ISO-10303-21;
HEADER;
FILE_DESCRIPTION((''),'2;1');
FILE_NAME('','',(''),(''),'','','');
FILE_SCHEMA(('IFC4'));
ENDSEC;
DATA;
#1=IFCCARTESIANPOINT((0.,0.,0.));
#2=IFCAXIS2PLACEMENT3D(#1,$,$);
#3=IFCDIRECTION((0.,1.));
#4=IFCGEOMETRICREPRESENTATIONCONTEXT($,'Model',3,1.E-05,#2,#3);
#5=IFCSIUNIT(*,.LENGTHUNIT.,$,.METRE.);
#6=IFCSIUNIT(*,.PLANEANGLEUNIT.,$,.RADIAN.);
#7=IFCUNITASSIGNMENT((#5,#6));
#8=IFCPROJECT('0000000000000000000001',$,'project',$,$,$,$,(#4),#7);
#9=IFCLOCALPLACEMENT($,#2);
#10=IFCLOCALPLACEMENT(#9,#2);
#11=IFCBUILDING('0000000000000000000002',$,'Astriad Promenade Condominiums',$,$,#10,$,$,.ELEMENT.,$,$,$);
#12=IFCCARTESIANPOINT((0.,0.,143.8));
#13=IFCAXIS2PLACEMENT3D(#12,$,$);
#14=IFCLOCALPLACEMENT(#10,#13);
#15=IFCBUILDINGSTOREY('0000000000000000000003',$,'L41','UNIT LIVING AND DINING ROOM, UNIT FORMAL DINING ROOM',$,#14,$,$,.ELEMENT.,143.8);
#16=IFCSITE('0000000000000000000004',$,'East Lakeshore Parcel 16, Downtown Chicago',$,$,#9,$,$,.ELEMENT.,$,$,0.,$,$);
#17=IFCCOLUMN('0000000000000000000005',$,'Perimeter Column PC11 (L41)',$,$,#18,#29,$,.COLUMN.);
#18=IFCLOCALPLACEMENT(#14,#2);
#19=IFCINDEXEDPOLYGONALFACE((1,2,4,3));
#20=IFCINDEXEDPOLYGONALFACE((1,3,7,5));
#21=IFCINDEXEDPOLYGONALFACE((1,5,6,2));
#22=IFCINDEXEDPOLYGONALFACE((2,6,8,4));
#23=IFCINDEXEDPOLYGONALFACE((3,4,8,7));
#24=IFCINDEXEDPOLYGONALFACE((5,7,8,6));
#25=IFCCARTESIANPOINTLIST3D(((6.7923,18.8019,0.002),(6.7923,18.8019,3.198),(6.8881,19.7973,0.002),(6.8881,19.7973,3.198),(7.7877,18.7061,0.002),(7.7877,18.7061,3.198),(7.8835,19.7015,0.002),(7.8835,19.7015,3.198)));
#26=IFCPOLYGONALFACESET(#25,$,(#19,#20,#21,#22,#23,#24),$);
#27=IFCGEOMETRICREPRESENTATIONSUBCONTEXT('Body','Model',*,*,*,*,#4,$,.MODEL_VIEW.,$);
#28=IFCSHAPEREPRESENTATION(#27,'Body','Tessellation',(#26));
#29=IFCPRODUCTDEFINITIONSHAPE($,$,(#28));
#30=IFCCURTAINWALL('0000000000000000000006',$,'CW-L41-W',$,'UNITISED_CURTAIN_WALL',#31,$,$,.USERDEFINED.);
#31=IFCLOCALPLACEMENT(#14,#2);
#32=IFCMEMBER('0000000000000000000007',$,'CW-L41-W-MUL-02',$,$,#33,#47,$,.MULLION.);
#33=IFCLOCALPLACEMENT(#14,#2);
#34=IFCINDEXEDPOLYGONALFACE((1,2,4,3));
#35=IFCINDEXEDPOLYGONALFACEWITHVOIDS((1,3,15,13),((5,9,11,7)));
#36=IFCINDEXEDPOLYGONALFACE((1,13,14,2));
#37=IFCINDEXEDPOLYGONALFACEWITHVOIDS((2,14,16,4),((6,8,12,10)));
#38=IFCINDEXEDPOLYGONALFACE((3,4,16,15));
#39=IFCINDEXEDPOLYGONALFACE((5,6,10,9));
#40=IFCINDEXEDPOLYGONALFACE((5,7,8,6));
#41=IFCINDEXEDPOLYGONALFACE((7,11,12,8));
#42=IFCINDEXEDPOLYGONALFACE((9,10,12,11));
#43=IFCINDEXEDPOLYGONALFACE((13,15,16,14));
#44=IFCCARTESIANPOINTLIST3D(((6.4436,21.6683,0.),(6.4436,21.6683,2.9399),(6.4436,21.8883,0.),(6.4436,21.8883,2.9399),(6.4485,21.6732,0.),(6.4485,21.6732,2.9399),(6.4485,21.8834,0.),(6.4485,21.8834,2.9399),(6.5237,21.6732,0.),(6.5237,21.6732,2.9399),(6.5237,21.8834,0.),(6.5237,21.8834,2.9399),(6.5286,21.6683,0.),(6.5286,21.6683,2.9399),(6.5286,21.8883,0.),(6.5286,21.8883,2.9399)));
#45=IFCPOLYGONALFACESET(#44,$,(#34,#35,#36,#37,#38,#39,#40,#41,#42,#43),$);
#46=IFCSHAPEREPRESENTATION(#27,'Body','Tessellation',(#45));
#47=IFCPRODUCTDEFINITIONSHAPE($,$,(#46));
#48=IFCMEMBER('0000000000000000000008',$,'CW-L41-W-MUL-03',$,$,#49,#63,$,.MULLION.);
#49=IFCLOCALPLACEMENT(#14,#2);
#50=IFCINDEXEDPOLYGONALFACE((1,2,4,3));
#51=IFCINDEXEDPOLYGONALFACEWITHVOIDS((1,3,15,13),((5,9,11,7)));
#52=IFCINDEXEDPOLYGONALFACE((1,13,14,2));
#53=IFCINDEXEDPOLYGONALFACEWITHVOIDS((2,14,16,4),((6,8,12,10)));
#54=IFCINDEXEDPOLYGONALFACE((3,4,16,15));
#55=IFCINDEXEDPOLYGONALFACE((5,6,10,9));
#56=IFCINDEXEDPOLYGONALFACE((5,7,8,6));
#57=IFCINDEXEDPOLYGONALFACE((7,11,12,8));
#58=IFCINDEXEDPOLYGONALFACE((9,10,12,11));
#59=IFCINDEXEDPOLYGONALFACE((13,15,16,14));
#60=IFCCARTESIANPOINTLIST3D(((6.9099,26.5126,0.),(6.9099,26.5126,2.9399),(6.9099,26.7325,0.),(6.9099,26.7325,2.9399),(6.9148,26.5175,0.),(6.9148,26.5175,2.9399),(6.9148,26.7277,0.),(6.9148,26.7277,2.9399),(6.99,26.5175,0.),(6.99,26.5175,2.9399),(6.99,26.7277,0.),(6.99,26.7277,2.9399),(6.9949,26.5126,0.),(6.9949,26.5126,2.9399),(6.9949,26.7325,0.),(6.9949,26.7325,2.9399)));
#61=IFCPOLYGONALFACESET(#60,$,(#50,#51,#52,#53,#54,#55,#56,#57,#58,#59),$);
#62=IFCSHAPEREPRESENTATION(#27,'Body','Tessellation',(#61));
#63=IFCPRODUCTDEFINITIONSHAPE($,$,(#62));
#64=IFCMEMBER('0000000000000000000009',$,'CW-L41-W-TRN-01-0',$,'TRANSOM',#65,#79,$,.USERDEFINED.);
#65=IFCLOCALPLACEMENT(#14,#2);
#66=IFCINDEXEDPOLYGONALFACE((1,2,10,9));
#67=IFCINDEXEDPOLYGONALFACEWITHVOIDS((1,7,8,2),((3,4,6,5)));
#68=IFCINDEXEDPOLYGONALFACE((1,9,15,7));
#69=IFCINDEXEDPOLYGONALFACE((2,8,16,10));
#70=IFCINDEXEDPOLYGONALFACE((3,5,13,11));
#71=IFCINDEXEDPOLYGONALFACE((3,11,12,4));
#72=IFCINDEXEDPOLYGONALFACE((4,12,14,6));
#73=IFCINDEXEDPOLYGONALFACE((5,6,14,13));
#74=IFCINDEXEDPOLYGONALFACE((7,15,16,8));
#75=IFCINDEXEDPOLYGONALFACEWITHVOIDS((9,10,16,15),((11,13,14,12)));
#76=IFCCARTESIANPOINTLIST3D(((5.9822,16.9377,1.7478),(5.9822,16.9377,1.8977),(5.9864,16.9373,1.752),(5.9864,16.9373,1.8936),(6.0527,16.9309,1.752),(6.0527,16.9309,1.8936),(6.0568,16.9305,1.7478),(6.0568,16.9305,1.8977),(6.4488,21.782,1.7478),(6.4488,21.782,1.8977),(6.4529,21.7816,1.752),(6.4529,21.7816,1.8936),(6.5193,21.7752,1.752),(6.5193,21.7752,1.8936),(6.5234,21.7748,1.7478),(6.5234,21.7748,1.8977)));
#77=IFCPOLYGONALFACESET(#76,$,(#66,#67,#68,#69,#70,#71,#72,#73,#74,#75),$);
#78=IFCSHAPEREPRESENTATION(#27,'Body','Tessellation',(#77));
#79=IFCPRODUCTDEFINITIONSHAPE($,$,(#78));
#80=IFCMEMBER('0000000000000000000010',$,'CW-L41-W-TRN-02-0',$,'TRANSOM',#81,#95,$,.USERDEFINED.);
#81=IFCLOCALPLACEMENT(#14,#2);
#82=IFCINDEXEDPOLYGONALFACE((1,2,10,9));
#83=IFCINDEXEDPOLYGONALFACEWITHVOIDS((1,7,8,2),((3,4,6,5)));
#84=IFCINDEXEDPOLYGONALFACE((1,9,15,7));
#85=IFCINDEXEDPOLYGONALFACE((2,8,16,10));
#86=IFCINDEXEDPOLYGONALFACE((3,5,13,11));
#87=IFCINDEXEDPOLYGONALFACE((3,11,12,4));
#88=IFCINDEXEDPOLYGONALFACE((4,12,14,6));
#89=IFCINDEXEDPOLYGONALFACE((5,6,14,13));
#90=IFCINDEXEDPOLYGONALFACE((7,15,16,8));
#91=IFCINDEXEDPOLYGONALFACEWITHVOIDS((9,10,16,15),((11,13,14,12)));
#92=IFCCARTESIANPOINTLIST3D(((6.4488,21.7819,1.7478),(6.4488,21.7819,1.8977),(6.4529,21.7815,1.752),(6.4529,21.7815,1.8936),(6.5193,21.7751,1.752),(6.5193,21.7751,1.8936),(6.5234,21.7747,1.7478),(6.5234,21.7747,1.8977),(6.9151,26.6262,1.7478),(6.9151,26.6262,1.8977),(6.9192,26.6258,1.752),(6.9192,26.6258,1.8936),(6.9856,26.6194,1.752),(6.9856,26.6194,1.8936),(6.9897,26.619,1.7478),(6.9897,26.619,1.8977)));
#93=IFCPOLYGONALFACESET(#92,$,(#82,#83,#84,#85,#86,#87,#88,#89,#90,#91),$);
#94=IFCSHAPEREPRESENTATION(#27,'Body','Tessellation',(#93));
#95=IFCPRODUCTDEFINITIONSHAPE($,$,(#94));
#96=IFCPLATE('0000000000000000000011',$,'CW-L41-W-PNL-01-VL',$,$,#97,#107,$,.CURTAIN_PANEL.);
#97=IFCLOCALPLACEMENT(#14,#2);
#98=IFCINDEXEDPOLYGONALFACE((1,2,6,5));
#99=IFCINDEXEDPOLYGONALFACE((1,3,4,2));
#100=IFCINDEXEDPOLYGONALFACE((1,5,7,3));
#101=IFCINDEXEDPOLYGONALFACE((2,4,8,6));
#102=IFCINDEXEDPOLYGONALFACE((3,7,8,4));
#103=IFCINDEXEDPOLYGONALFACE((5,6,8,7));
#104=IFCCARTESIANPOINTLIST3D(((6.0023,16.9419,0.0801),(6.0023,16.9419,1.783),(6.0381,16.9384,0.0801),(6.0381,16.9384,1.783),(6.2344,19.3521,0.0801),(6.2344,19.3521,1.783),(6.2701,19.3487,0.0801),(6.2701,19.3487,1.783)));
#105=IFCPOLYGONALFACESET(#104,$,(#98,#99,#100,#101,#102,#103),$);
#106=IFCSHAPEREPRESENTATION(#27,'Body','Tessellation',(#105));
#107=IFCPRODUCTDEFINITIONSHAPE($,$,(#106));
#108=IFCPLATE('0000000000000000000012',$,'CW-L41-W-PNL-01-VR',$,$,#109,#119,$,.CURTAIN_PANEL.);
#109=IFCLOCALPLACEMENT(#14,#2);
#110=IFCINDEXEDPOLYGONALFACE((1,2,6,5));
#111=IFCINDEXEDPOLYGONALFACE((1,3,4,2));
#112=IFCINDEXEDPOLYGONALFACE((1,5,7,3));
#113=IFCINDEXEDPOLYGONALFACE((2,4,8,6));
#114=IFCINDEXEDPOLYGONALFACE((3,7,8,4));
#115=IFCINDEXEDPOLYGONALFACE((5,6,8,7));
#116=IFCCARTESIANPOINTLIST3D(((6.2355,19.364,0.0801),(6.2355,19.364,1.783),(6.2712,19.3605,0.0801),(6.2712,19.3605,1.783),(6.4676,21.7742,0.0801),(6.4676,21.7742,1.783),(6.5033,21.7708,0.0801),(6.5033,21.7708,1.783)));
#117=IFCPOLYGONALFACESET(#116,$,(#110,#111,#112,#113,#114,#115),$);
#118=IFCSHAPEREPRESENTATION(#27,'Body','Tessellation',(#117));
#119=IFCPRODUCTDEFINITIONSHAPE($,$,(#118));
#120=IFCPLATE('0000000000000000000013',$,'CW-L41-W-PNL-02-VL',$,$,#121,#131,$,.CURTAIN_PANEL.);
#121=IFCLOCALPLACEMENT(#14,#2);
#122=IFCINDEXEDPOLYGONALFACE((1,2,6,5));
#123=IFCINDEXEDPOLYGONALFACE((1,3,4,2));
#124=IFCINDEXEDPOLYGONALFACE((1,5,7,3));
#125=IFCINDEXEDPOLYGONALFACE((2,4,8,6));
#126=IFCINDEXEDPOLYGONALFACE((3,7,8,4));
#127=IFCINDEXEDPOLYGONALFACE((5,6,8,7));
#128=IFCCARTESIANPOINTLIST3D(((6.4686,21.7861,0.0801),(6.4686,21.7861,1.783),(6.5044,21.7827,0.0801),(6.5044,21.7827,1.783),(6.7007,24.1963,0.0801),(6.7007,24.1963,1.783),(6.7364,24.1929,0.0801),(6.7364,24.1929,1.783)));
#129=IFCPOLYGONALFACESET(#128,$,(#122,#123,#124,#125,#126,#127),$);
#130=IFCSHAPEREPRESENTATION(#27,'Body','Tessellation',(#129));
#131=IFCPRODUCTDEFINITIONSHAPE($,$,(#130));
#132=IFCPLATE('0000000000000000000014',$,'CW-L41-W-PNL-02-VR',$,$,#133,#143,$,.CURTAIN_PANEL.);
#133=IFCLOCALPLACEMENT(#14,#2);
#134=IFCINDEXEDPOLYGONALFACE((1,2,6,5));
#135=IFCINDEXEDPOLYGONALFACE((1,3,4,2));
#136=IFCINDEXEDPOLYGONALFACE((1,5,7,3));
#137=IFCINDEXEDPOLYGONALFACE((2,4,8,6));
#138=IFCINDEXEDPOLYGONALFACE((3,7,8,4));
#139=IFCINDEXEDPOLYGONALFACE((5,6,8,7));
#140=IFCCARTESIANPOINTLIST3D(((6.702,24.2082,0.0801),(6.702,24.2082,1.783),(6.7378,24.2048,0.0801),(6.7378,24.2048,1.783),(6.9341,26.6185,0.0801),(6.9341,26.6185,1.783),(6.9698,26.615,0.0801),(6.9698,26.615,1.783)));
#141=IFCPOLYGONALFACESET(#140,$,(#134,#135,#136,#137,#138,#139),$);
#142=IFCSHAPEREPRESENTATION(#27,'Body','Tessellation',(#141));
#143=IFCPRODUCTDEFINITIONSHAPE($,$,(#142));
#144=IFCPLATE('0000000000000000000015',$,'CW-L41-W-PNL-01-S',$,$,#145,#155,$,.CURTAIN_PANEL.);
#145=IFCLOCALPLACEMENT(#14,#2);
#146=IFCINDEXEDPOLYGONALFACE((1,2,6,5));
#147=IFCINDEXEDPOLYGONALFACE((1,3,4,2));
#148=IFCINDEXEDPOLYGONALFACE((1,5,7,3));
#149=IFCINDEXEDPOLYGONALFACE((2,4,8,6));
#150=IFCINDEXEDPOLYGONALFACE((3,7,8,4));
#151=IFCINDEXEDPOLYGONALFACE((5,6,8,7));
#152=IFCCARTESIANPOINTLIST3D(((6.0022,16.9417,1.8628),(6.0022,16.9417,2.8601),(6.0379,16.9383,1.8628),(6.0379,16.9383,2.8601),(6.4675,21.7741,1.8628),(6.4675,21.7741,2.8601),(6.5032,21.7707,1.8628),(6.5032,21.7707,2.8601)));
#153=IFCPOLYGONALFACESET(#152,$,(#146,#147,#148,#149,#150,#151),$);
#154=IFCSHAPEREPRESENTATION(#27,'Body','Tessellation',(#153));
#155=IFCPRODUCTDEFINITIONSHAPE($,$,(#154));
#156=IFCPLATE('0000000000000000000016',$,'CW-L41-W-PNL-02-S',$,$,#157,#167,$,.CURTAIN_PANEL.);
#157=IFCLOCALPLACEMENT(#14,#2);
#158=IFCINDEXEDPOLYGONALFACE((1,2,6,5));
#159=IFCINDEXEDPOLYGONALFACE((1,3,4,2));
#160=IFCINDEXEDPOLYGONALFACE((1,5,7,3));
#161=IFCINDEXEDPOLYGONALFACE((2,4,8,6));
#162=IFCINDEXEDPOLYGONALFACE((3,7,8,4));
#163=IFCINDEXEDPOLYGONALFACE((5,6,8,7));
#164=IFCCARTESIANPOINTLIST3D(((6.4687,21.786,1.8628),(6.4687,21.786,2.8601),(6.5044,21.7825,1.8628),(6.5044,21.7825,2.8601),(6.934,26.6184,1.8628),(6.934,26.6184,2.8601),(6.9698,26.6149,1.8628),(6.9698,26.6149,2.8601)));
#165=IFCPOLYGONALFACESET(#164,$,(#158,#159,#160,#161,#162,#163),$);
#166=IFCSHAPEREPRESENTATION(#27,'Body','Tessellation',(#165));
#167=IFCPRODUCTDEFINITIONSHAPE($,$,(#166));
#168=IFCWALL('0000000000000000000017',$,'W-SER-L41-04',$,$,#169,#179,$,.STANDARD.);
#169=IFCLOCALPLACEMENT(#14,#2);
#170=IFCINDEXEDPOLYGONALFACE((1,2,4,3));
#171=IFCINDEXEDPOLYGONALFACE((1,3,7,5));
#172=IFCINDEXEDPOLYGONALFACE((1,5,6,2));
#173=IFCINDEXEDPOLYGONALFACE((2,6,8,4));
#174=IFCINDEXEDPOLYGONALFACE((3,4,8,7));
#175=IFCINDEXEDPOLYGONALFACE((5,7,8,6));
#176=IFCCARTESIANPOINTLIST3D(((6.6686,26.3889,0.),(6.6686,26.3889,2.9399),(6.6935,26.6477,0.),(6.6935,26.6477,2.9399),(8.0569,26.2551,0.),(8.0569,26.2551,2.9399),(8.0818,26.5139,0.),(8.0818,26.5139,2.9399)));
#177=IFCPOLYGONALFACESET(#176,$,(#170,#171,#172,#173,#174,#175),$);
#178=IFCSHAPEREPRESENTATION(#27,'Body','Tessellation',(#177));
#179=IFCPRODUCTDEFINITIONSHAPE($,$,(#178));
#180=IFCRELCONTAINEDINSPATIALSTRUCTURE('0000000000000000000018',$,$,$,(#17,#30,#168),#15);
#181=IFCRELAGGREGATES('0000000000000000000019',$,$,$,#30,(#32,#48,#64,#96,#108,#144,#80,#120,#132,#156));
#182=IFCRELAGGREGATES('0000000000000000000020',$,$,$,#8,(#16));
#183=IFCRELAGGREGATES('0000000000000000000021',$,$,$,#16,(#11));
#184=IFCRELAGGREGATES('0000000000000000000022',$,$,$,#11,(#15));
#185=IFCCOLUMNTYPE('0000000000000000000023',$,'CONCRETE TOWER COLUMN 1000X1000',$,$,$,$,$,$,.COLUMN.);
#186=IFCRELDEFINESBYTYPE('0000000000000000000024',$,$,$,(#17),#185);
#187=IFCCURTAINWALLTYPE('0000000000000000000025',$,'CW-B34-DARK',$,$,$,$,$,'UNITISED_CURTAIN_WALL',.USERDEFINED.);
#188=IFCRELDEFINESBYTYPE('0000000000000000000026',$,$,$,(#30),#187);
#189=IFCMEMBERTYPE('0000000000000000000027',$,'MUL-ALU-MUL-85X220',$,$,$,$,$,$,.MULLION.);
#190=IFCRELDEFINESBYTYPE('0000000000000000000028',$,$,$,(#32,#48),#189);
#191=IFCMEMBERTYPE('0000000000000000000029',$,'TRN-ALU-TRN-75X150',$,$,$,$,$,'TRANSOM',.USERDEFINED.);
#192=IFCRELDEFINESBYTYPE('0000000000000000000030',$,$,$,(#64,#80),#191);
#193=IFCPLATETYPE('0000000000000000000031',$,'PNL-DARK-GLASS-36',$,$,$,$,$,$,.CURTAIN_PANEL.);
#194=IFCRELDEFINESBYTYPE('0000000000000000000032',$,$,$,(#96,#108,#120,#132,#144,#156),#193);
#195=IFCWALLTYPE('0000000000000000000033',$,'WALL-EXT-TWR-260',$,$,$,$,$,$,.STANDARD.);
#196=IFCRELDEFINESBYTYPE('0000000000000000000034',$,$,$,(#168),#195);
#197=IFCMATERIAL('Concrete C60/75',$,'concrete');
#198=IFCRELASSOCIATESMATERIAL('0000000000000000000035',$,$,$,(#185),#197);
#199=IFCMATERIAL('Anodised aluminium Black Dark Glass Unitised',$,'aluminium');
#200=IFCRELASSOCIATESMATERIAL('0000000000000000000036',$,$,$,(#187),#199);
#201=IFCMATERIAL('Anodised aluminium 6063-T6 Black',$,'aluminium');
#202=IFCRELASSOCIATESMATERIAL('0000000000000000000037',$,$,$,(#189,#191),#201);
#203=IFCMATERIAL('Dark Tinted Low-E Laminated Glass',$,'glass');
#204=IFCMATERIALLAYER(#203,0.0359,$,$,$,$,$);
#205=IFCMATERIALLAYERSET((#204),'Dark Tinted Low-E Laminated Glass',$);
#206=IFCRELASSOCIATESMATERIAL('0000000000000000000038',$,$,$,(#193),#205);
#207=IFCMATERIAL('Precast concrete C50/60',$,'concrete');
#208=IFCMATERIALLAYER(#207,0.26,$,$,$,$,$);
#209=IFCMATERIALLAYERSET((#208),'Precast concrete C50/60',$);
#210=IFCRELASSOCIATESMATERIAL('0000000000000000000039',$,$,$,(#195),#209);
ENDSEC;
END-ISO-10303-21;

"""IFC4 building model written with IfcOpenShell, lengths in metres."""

from ifc_helpers import new_model, si_unit, direction, frame, frame_2d, origin, origin_2d, place, context, subcontext, project, spatial, rectangle, hollow_rectangle, extrude, source, transform, mapped, material, layer, layer_set, material_profile, profile_set, type_object, type_shapes, element, aggregate, save


model = new_model("IFC4")

# Units and contexts
model_context = context("Model", 3, precision=1e-05, world=origin(), true_north=direction((0.0, 1.0)))
body_context = subcontext(model_context, "Body", "Model", "MODEL_VIEW")
ifc_project = project(units=[si_unit("LENGTHUNIT", "METRE"), si_unit("PLANEANGLEUNIT", "RADIAN")], contexts=[model_context])

# Site, building, storey
site_placement = place(None, origin())
site = spatial("IfcSite", under=ifc_project, at=site_placement, Name="East Lakeshore Parcel 16, Downtown Chicago", CompositionType="ELEMENT", RefElevation=0.0)
building_placement = place(site_placement, origin())
building = spatial("IfcBuilding", under=site, at=building_placement, Name="Astriad Promenade Condominiums", CompositionType="ELEMENT")
storey_placement = place(building_placement, frame((0.0, 0.0, 143.8)))
storey = spatial("IfcBuildingStorey", under=building, at=storey_placement, Name="L41", Description="UNIT LIVING AND DINING ROOM, UNIT FORMAL DINING ROOM", CompositionType="ELEMENT", Elevation=143.8)

# Column
ifc_material_1 = material(Name="Concrete C60/75", Category="concrete")
ifc_material_profile_1 = material_profile(ifc_material_1, rectangle(XDim=1.0, YDim=1.0, at=origin_2d()), Name="RC-COL-1000X1000")
ifc_profile_set_1 = profile_set([ifc_material_profile_1], Name="Concrete C60/75")
column_type = type_object("IfcColumnType", Name="CONCRETE TOWER COLUMN 1000X1000", PredefinedType="COLUMN", material=ifc_profile_set_1)
shared_shape_1 = source(origin(), body_context, "Body", "SweptSolid", [
    extrude(rectangle(XDim=1.0, YDim=1.0, at=origin_2d()), origin(), (0.0, 0.0, 1.0), 3.196),
])
type_shapes(column_type, [shared_shape_1])
column_placement = place(storey_placement, frame((7.3379, 19.2517, 0.002), z_axis=(0.0, 0.0, 1.0), x_axis=(0.995396, -0.095846, 0.0)))
element("IfcColumn", 1, at=column_placement, inside=storey, type_object=column_type, Name="Perimeter Column PC11 (L41)", PredefinedType="COLUMN", context=body_context, shape_type="MappedRepresentation", body=[
    mapped(shared_shape_1, transform((0.0, 0.0, 0.0), scale=1.0)),
])

# Curtain wall, members, plates
ifc_material_2 = material(Name="Anodised aluminium Black Dark Glass Unitised", Category="aluminium")
curtain_wall_type = type_object("IfcCurtainWallType", Name="CW-B34-DARK", ElementType="UNITISED_CURTAIN_WALL", PredefinedType="USERDEFINED", material=ifc_material_2)
curtain_wall_placement = place(storey_placement, origin())
curtain_wall = element("IfcCurtainWall", 2, at=curtain_wall_placement, inside=storey, type_object=curtain_wall_type, Name="CW-L41-W", ObjectType="UNITISED_CURTAIN_WALL", PredefinedType="USERDEFINED")
ifc_material_3 = material(Name="Anodised aluminium 6063-T6 Black", Category="aluminium")
ifc_material_profile_2 = material_profile(ifc_material_3, hollow_rectangle(XDim=0.085, YDim=0.22, WallThickness=0.0049, at=origin_2d()), Name="ALU-MUL-85X220")
ifc_profile_set_2 = profile_set([ifc_material_profile_2], Name="Anodised aluminium 6063-T6 Black")
member_type_1 = type_object("IfcMemberType", Name="MUL-ALU-MUL-85X220", PredefinedType="MULLION", material=ifc_profile_set_2)
shared_shape_2 = source(origin(), body_context, "Body", "SweptSolid", [
    extrude(hollow_rectangle(XDim=0.085, YDim=0.22, WallThickness=0.0049, at=origin_2d()), origin(), (0.0, 0.0, 1.0), 2.9399),
])
type_shapes(member_type_1, [shared_shape_2])
member_1_placement = place(storey_placement, frame((6.4861, 21.7783, 0.0), z_axis=(0.0, 0.0, 1.0), x_axis=(1.0, 0.0, 0.0)))
member_1 = element("IfcMember", 3, at=member_1_placement, type_object=member_type_1, Name="CW-L41-W-MUL-02", PredefinedType="MULLION", context=body_context, shape_type="MappedRepresentation", body=[
    mapped(shared_shape_2, transform((0.0, 0.0, 0.0), scale=1.0)),
])
member_2_placement = place(storey_placement, frame((6.9524, 26.6226, 0.0), z_axis=(0.0, 0.0, 1.0), x_axis=(1.0, 0.0, 0.0)))
member_2 = element("IfcMember", 4, at=member_2_placement, type_object=member_type_1, Name="CW-L41-W-MUL-03", PredefinedType="MULLION", context=body_context, shape_type="MappedRepresentation", body=[
    mapped(shared_shape_2, transform((0.0, 0.0, 0.0), scale=1.0)),
])
ifc_material_profile_3 = material_profile(ifc_material_3, hollow_rectangle(XDim=0.075, YDim=0.1499, WallThickness=0.0042, at=origin_2d()), Name="ALU-TRN-75X150")
ifc_profile_set_3 = profile_set([ifc_material_profile_3], Name="Anodised aluminium 6063-T6 Black")
member_type_2 = type_object("IfcMemberType", Name="TRN-ALU-TRN-75X150", ElementType="TRANSOM", PredefinedType="USERDEFINED", material=ifc_profile_set_3)
shared_shape_3 = source(origin(), body_context, "Body", "SweptSolid", [
    extrude(hollow_rectangle(XDim=0.075, YDim=0.1499, WallThickness=0.0042, at=origin_2d()), origin(), (0.0, 0.0, 1.0), 4.8667),
])
type_shapes(member_type_2, [shared_shape_3])
member_3_placement = place(storey_placement, frame((6.0195, 16.9341, 1.8228), z_axis=(0.095867, 0.995394, 0.0), x_axis=(-0.995394, 0.095867, 0.0)))
member_3 = element("IfcMember", 5, at=member_3_placement, type_object=member_type_2, Name="CW-L41-W-TRN-01-0", ObjectType="TRANSOM", PredefinedType="USERDEFINED", context=body_context, shape_type="MappedRepresentation", body=[
    mapped(shared_shape_3, transform((0.0, 0.0, 0.0), scale=1.0)),
])
member_4_placement = place(storey_placement, frame((6.4861, 21.7783, 1.8228), z_axis=(0.095818, 0.995399, 0.0), x_axis=(-0.995399, 0.095818, 0.0)))
member_4 = element("IfcMember", 6, at=member_4_placement, type_object=member_type_2, Name="CW-L41-W-TRN-02-0", ObjectType="TRANSOM", PredefinedType="USERDEFINED", context=body_context, shape_type="MappedRepresentation", body=[
    mapped(shared_shape_3, transform((0.0, 0.0, 0.0), scale=1.0)),
])
ifc_material_4 = material(Name="Dark Tinted Low-E Laminated Glass", Category="glass")
ifc_layer_1 = layer(ifc_material_4, 0.0359)
ifc_layer_set_1 = layer_set([ifc_layer_1], Name="Dark Tinted Low-E Laminated Glass")
plate_type = type_object("IfcPlateType", Name="PNL-DARK-GLASS-36", PredefinedType="CURTAIN_PANEL", material=ifc_layer_set_1)
shared_shape_4 = source(origin(), body_context, "Body", "SweptSolid", [
    extrude(rectangle(XDim=2.4214, YDim=0.0359, at=origin_2d()), origin(), (0.0, 0.0, 1.0), 1.7029),
])
plate_1_placement = place(storey_placement, frame((6.1362, 18.1453, 0.0801), z_axis=(0.0, 0.0, 1.0), x_axis=(0.095846, 0.995396, 0.0)))
plate_1 = element("IfcPlate", 7, at=plate_1_placement, type_object=plate_type, Name="CW-L41-W-PNL-01-VL", PredefinedType="CURTAIN_PANEL", context=body_context, shape_type="MappedRepresentation", body=[
    mapped(shared_shape_4, transform((0.0, 0.0, 0.0), scale=1.0)),
])
plate_2_placement = place(storey_placement, frame((6.3694, 20.5674, 0.0801), z_axis=(0.0, 0.0, 1.0), x_axis=(0.095846, 0.995396, 0.0)))
plate_2 = element("IfcPlate", 8, at=plate_2_placement, type_object=plate_type, Name="CW-L41-W-PNL-01-VR", PredefinedType="CURTAIN_PANEL", context=body_context, shape_type="MappedRepresentation", body=[
    mapped(shared_shape_4, transform((0.0, 0.0, 0.0), scale=1.0)),
])
plate_3_placement = place(storey_placement, frame((6.6025, 22.9895, 0.0801), z_axis=(0.0, 0.0, 1.0), x_axis=(0.095846, 0.995396, 0.0)))
plate_3 = element("IfcPlate", 9, at=plate_3_placement, type_object=plate_type, Name="CW-L41-W-PNL-02-VL", PredefinedType="CURTAIN_PANEL", context=body_context, shape_type="MappedRepresentation", body=[
    mapped(shared_shape_4, transform((0.0, 0.0, 0.0), scale=1.0)),
])
plate_4_placement = place(storey_placement, frame((6.8359, 25.4116, 0.0801), z_axis=(0.0, 0.0, 1.0), x_axis=(0.095846, 0.995396, 0.0)))
plate_4 = element("IfcPlate", 10, at=plate_4_placement, type_object=plate_type, Name="CW-L41-W-PNL-02-VR", PredefinedType="CURTAIN_PANEL", context=body_context, shape_type="MappedRepresentation", body=[
    mapped(shared_shape_4, transform((0.0, 0.0, 0.0), scale=1.0)),
])
shared_shape_5 = source(origin(), body_context, "Body", "SweptSolid", [
    extrude(rectangle(XDim=4.8547, YDim=0.0359, at=origin_2d()), origin(), (0.0, 0.0, 1.0), 0.9973),
])
type_shapes(plate_type, [shared_shape_4, shared_shape_5])
plate_5_placement = place(storey_placement, frame((6.2527, 19.3562, 1.8628), z_axis=(0.0, 0.0, 1.0), x_axis=(0.095846, 0.995396, 0.0)))
plate_5 = element("IfcPlate", 11, at=plate_5_placement, type_object=plate_type, Name="CW-L41-W-PNL-01-S", PredefinedType="CURTAIN_PANEL", context=body_context, shape_type="MappedRepresentation", body=[
    mapped(shared_shape_5, transform((0.0, 0.0, 0.0), scale=1.0)),
])
plate_6_placement = place(storey_placement, frame((6.7192, 24.2004, 1.8628), z_axis=(0.0, 0.0, 1.0), x_axis=(0.095846, 0.995396, 0.0)))
plate_6 = element("IfcPlate", 12, at=plate_6_placement, type_object=plate_type, Name="CW-L41-W-PNL-02-S", PredefinedType="CURTAIN_PANEL", context=body_context, shape_type="MappedRepresentation", body=[
    mapped(shared_shape_5, transform((0.0, 0.0, 0.0), scale=1.0)),
])
aggregate(curtain_wall, [member_1, member_2, member_3, plate_1, plate_2, plate_5, member_4, plate_3, plate_4, plate_6])

# Wall
ifc_material_5 = material(Name="Precast concrete C50/60", Category="concrete")
ifc_layer_2 = layer(ifc_material_5, 0.26)
ifc_layer_set_2 = layer_set([ifc_layer_2], Name="Precast concrete C50/60")
wall_type_1 = type_object("IfcWallType", Name="WALL-EXT-TWR-260", PredefinedType="STANDARD", material=ifc_layer_set_2)
wall_1_placement = place(storey_placement, frame((6.6812, 26.5183, 0.0), z_axis=(0.0, 0.0, 1.0), x_axis=(0.995389, -0.095916, 0.0)))
element("IfcWall", 13, at=wall_1_placement, inside=storey, type_object=wall_type_1, Name="W-SER-L41-04", PredefinedType="STANDARD", context=body_context, shape_type="SweptSolid", body=[
    extrude(rectangle(XDim=1.3948, YDim=0.26, at=frame_2d((0.6973, 0.0))), origin(), (0.0, 0.0, 1.0), 2.9399),
])

save(model, "model.ifc")
